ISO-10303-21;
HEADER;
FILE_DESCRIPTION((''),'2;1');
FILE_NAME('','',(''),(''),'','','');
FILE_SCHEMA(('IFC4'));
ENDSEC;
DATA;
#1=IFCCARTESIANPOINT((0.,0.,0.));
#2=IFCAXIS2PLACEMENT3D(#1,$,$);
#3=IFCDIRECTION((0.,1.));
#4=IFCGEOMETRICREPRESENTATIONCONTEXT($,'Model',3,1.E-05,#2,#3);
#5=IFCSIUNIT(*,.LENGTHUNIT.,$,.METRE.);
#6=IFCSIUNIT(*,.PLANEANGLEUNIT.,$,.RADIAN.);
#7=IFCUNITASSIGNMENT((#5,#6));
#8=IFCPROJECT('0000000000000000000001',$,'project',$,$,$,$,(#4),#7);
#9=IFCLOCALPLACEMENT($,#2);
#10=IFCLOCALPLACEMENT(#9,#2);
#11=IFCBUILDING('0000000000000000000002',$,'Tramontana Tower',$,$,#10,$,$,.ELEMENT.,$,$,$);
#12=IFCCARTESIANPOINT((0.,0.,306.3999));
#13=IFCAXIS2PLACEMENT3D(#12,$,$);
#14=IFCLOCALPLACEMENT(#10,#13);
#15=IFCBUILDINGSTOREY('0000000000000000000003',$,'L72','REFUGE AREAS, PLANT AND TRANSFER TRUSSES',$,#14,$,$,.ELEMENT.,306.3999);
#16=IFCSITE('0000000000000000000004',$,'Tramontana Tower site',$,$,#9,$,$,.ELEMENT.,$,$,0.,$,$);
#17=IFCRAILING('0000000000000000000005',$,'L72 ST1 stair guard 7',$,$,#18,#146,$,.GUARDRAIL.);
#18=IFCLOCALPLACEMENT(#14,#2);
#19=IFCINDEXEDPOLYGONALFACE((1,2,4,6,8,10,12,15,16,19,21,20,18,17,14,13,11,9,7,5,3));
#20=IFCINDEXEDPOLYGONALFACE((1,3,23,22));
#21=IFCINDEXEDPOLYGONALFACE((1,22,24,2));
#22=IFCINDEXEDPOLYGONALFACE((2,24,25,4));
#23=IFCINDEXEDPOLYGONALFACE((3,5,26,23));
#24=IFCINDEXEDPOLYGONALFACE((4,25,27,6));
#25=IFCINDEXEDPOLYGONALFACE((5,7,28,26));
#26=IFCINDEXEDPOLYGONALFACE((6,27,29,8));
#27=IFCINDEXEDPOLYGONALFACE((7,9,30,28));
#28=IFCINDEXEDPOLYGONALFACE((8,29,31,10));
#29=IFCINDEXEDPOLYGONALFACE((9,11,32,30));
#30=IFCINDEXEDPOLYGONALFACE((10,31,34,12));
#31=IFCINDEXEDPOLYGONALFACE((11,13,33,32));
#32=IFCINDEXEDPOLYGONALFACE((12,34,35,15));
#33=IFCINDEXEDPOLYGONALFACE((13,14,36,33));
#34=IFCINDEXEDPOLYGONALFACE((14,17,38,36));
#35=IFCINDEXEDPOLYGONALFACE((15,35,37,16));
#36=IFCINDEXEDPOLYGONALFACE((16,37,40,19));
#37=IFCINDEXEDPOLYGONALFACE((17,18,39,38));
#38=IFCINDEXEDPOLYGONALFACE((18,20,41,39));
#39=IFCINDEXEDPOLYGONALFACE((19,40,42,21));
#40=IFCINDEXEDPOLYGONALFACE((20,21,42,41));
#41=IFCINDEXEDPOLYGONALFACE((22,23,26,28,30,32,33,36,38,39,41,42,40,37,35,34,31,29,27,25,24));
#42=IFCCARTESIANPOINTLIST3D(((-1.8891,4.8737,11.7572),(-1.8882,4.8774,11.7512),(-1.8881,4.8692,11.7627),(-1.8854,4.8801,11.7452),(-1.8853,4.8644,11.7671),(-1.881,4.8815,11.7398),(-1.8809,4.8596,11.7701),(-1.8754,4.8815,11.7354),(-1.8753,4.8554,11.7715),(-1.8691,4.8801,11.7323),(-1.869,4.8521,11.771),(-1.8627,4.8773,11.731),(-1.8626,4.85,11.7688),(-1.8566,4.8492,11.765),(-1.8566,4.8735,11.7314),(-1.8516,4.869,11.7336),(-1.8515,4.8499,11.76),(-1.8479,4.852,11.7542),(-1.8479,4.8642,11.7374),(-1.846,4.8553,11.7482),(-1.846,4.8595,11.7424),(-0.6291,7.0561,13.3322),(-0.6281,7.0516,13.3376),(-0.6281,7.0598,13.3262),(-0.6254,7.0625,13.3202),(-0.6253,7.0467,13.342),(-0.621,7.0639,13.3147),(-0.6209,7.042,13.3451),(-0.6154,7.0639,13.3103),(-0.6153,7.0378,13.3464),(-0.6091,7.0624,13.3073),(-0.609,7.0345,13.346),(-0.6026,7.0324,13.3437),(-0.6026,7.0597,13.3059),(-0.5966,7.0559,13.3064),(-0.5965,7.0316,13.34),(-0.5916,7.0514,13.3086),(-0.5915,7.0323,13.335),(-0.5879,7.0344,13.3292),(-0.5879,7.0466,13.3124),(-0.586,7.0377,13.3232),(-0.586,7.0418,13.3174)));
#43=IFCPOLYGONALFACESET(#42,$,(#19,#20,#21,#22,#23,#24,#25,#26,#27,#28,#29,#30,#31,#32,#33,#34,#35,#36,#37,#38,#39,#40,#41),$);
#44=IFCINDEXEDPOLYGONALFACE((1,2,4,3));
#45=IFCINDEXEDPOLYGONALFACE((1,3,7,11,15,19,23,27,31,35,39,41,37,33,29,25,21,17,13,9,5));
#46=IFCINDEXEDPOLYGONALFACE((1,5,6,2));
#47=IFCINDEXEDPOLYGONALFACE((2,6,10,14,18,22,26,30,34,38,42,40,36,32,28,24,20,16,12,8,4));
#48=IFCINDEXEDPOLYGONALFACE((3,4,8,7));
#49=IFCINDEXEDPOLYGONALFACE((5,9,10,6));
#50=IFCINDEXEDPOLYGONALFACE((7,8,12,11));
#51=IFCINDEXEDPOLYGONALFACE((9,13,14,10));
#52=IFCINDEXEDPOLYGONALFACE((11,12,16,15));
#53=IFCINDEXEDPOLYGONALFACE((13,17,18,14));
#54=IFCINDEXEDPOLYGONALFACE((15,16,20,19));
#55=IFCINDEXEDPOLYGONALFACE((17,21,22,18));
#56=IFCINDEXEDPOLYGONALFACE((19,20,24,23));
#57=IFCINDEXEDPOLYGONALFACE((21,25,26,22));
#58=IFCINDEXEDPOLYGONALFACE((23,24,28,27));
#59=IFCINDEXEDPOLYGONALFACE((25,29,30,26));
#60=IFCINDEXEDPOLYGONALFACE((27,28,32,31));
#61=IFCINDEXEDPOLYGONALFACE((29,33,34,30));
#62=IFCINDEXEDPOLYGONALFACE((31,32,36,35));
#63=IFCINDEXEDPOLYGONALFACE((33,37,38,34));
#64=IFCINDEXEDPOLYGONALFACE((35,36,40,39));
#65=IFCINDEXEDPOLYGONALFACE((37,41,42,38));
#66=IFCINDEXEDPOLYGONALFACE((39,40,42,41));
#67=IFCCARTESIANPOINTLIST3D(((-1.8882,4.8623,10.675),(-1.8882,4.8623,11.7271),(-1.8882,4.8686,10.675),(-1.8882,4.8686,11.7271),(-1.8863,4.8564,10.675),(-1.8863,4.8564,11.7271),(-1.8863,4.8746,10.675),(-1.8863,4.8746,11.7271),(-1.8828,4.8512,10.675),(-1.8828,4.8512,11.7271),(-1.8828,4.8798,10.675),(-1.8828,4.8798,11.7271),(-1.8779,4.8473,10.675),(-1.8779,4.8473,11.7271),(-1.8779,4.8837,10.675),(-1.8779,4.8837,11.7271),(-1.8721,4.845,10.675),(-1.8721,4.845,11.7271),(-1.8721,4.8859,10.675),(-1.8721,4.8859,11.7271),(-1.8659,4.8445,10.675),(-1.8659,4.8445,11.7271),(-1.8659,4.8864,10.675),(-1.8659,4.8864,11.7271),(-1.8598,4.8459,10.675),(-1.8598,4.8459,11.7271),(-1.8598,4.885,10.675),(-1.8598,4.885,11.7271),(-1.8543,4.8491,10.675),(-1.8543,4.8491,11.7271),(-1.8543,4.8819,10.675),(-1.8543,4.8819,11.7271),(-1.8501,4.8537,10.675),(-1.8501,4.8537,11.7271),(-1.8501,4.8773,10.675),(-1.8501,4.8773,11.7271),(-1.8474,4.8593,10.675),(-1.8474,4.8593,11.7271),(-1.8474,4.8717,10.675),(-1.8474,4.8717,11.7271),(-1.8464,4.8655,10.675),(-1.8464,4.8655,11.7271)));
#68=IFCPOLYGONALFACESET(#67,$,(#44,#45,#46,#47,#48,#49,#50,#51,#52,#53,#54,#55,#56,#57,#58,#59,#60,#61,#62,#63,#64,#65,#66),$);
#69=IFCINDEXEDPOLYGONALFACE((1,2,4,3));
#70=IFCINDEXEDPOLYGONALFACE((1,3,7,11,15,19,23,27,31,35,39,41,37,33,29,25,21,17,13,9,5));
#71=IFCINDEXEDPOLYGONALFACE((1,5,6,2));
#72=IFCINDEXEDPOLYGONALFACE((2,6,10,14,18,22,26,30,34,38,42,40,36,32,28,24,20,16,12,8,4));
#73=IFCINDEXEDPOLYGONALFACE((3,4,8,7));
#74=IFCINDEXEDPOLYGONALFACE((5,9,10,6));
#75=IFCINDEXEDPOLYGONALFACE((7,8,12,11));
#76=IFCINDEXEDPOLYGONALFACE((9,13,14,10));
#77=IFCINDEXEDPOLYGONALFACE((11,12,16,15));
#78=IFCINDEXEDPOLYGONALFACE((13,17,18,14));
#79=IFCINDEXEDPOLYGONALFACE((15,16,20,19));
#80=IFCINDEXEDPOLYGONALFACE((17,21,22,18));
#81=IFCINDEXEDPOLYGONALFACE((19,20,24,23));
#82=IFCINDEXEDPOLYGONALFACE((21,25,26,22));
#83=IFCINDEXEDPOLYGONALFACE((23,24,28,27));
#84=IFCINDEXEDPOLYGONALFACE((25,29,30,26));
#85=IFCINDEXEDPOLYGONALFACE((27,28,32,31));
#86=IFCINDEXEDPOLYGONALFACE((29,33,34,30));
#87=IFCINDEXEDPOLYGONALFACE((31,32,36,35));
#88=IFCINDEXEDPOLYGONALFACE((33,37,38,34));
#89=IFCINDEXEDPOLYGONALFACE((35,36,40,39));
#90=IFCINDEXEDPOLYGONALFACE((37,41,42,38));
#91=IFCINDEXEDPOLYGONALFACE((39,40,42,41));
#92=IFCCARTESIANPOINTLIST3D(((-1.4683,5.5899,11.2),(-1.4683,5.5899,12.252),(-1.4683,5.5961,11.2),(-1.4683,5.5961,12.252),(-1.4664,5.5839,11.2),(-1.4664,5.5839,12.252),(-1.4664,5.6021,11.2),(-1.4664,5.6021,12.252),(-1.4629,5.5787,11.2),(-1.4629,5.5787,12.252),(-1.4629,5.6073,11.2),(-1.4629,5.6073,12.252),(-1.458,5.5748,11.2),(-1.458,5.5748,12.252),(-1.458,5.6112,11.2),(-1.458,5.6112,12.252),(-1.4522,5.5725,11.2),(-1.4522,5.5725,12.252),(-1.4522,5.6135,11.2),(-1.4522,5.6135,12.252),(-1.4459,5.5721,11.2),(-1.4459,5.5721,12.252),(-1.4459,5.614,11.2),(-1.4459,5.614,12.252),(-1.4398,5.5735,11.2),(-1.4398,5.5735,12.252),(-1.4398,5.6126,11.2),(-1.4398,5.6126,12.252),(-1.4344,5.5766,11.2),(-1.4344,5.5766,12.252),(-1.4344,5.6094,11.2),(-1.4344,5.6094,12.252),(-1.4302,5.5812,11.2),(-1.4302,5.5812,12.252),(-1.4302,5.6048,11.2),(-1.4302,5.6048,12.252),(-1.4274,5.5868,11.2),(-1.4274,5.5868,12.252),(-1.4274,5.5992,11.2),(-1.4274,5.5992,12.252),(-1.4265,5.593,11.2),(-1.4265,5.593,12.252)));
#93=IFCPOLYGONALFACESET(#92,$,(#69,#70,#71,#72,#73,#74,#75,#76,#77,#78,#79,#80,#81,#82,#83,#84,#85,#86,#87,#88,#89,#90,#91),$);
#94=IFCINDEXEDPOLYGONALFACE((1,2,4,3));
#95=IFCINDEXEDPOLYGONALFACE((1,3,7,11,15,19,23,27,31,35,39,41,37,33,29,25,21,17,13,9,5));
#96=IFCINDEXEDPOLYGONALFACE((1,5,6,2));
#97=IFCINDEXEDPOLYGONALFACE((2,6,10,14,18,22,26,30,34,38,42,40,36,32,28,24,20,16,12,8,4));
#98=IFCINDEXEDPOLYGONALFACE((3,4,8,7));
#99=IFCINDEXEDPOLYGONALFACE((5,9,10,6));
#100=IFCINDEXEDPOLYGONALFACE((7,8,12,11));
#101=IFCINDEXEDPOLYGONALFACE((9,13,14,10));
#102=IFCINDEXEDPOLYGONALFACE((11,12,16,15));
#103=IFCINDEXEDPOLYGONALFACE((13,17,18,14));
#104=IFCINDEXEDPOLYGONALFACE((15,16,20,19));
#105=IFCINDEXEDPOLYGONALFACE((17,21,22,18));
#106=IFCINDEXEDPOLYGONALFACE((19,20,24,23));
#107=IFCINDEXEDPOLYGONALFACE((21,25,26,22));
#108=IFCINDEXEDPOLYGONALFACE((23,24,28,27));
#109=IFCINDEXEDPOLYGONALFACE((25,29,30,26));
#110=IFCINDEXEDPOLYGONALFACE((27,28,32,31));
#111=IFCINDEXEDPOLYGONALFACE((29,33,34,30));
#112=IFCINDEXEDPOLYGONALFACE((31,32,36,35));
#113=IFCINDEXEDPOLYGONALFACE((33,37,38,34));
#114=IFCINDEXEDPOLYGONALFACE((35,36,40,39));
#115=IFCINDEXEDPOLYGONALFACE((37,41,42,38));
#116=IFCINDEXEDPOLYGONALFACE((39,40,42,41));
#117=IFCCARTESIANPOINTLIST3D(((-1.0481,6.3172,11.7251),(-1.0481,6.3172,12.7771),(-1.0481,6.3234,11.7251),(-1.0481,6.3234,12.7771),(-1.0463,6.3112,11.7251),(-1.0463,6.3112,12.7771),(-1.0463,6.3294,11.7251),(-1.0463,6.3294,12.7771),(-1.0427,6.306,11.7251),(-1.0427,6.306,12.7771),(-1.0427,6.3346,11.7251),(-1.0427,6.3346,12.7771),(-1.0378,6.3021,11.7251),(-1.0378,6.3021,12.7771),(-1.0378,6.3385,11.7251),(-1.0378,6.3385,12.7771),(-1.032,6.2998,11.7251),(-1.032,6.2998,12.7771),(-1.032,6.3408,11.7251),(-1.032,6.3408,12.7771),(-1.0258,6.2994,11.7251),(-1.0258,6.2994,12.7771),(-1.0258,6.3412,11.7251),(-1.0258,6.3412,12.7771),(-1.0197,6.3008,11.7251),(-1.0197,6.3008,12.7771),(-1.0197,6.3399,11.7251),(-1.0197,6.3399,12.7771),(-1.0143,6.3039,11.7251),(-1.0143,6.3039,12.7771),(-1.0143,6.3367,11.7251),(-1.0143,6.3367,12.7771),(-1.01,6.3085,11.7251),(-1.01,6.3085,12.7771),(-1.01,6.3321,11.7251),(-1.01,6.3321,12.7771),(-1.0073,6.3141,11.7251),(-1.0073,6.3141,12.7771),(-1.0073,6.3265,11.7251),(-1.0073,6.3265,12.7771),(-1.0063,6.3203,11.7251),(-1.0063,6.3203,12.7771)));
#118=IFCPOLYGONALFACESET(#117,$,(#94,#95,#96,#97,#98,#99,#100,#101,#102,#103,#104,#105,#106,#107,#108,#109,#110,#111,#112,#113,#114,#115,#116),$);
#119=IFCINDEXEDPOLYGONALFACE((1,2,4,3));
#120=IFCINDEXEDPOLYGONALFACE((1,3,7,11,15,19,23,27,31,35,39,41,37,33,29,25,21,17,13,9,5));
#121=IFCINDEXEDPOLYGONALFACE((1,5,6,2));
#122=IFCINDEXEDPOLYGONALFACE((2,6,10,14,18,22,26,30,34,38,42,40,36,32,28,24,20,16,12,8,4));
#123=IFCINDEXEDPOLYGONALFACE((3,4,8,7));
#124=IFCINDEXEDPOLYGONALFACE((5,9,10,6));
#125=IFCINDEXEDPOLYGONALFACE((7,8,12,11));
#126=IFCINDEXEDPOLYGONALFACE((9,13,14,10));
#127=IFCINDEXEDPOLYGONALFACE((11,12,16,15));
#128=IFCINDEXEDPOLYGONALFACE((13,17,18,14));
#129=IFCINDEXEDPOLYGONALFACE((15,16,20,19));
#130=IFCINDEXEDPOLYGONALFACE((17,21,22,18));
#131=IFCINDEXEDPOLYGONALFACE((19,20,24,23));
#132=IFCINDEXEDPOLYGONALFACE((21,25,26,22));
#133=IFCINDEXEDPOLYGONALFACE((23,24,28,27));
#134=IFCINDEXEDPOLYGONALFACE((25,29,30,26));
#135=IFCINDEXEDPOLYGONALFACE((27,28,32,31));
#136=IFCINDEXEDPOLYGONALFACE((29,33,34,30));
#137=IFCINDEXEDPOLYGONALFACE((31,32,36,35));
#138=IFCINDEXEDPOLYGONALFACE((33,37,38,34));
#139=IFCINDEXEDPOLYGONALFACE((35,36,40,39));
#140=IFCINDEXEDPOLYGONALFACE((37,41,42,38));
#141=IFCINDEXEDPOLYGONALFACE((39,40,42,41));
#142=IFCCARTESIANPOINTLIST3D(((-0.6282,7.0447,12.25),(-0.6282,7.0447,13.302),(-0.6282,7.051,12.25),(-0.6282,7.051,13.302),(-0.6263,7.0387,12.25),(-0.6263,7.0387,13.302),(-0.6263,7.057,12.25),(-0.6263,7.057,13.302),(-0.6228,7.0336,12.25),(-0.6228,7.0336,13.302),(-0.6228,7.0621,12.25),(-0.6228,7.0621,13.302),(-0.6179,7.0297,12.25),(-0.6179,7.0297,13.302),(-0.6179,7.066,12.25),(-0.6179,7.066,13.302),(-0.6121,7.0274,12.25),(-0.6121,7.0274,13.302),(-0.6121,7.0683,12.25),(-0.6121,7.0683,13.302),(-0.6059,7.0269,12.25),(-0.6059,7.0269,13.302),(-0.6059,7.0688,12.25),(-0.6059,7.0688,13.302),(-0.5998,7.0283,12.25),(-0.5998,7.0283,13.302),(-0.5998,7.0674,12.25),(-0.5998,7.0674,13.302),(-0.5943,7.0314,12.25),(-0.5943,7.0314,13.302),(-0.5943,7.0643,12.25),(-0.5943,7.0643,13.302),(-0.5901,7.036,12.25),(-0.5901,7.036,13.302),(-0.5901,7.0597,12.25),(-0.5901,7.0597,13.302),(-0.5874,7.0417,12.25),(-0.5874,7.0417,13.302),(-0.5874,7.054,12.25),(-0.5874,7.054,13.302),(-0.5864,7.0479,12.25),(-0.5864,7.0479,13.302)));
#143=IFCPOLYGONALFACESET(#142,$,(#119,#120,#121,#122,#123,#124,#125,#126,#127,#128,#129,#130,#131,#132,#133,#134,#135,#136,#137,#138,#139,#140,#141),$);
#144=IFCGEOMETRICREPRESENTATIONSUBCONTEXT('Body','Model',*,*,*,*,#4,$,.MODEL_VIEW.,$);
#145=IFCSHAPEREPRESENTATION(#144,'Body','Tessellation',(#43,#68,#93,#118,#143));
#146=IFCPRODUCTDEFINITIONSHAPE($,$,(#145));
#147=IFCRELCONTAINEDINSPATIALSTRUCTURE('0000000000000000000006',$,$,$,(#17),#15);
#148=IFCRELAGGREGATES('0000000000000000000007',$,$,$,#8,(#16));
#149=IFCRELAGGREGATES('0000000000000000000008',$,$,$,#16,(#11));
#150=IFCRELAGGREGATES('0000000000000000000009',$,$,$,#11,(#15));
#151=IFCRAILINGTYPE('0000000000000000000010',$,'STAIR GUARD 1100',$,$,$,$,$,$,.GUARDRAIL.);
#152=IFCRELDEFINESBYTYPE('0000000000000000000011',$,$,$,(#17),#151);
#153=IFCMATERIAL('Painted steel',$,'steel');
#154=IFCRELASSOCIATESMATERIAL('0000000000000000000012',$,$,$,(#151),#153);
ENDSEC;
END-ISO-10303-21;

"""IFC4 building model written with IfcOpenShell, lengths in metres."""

from ifc_helpers import new_model, si_unit, direction, frame, origin, origin_2d, place, context, subcontext, project, spatial, circle, extrude, material, type_object, element, save


model = new_model("IFC4")

# Units and contexts
model_context = context("Model", 3, precision=1e-05, world=origin(), true_north=direction((0.0, 1.0)))
body_context = subcontext(model_context, "Body", "Model", "MODEL_VIEW")
ifc_project = project(units=[si_unit("LENGTHUNIT", "METRE"), si_unit("PLANEANGLEUNIT", "RADIAN")], contexts=[model_context])

# Site, building, storey
site_placement = place(None, origin())
site = spatial("IfcSite", under=ifc_project, at=site_placement, Name="Tramontana Tower site", CompositionType="ELEMENT", RefElevation=0.0)
building_placement = place(site_placement, origin())
building = spatial("IfcBuilding", under=site, at=building_placement, Name="Tramontana Tower", CompositionType="ELEMENT")
storey_placement = place(building_placement, frame((0.0, 0.0, 306.3999)))
storey = spatial("IfcBuildingStorey", under=building, at=storey_placement, Name="L72", Description="REFUGE AREAS, PLANT AND TRANSFER TRUSSES", CompositionType="ELEMENT", Elevation=306.3999)

# Railing
ifc_material_1 = material(Name="Painted steel", Category="steel")
railing_type_1 = type_object("IfcRailingType", Name="STAIR GUARD 1100", PredefinedType="GUARDRAIL", material=ifc_material_1)
railing_1_placement = place(storey_placement, frame((-1.8674, 4.8655, 10.675)))
element("IfcRailing", 1, at=railing_1_placement, inside=storey, type_object=railing_type_1, Name="L72 ST1 stair guard 7", PredefinedType="GUARDRAIL", context=body_context, shape_type="SweptSolid", body=[
    extrude(circle(Radius=0.0239, at=origin_2d()), frame((0.0, 0.0, 1.0762), z_axis=(0.424007, 0.734392, 0.529988), x_axis=(-0.866023, 0.500005, 0.0)), (0.0, 0.0, 1.0), 2.9717),
    extrude(circle(Radius=0.021, at=origin_2d()), origin(), (0.0, 0.0, 1.0), 1.052),
    extrude(circle(Radius=0.021, at=origin_2d()), frame((0.4199, 0.7275, 0.5249)), (0.0, 0.0, 1.0), 1.052),
    extrude(circle(Radius=0.021, at=origin_2d()), frame((0.8401, 1.4548, 1.05)), (0.0, 0.0, 1.0), 1.052),
    extrude(circle(Radius=0.021, at=origin_2d()), frame((1.26, 2.1824, 1.575)), (0.0, 0.0, 1.0), 1.052),
])

save(model, "model.ifc")
